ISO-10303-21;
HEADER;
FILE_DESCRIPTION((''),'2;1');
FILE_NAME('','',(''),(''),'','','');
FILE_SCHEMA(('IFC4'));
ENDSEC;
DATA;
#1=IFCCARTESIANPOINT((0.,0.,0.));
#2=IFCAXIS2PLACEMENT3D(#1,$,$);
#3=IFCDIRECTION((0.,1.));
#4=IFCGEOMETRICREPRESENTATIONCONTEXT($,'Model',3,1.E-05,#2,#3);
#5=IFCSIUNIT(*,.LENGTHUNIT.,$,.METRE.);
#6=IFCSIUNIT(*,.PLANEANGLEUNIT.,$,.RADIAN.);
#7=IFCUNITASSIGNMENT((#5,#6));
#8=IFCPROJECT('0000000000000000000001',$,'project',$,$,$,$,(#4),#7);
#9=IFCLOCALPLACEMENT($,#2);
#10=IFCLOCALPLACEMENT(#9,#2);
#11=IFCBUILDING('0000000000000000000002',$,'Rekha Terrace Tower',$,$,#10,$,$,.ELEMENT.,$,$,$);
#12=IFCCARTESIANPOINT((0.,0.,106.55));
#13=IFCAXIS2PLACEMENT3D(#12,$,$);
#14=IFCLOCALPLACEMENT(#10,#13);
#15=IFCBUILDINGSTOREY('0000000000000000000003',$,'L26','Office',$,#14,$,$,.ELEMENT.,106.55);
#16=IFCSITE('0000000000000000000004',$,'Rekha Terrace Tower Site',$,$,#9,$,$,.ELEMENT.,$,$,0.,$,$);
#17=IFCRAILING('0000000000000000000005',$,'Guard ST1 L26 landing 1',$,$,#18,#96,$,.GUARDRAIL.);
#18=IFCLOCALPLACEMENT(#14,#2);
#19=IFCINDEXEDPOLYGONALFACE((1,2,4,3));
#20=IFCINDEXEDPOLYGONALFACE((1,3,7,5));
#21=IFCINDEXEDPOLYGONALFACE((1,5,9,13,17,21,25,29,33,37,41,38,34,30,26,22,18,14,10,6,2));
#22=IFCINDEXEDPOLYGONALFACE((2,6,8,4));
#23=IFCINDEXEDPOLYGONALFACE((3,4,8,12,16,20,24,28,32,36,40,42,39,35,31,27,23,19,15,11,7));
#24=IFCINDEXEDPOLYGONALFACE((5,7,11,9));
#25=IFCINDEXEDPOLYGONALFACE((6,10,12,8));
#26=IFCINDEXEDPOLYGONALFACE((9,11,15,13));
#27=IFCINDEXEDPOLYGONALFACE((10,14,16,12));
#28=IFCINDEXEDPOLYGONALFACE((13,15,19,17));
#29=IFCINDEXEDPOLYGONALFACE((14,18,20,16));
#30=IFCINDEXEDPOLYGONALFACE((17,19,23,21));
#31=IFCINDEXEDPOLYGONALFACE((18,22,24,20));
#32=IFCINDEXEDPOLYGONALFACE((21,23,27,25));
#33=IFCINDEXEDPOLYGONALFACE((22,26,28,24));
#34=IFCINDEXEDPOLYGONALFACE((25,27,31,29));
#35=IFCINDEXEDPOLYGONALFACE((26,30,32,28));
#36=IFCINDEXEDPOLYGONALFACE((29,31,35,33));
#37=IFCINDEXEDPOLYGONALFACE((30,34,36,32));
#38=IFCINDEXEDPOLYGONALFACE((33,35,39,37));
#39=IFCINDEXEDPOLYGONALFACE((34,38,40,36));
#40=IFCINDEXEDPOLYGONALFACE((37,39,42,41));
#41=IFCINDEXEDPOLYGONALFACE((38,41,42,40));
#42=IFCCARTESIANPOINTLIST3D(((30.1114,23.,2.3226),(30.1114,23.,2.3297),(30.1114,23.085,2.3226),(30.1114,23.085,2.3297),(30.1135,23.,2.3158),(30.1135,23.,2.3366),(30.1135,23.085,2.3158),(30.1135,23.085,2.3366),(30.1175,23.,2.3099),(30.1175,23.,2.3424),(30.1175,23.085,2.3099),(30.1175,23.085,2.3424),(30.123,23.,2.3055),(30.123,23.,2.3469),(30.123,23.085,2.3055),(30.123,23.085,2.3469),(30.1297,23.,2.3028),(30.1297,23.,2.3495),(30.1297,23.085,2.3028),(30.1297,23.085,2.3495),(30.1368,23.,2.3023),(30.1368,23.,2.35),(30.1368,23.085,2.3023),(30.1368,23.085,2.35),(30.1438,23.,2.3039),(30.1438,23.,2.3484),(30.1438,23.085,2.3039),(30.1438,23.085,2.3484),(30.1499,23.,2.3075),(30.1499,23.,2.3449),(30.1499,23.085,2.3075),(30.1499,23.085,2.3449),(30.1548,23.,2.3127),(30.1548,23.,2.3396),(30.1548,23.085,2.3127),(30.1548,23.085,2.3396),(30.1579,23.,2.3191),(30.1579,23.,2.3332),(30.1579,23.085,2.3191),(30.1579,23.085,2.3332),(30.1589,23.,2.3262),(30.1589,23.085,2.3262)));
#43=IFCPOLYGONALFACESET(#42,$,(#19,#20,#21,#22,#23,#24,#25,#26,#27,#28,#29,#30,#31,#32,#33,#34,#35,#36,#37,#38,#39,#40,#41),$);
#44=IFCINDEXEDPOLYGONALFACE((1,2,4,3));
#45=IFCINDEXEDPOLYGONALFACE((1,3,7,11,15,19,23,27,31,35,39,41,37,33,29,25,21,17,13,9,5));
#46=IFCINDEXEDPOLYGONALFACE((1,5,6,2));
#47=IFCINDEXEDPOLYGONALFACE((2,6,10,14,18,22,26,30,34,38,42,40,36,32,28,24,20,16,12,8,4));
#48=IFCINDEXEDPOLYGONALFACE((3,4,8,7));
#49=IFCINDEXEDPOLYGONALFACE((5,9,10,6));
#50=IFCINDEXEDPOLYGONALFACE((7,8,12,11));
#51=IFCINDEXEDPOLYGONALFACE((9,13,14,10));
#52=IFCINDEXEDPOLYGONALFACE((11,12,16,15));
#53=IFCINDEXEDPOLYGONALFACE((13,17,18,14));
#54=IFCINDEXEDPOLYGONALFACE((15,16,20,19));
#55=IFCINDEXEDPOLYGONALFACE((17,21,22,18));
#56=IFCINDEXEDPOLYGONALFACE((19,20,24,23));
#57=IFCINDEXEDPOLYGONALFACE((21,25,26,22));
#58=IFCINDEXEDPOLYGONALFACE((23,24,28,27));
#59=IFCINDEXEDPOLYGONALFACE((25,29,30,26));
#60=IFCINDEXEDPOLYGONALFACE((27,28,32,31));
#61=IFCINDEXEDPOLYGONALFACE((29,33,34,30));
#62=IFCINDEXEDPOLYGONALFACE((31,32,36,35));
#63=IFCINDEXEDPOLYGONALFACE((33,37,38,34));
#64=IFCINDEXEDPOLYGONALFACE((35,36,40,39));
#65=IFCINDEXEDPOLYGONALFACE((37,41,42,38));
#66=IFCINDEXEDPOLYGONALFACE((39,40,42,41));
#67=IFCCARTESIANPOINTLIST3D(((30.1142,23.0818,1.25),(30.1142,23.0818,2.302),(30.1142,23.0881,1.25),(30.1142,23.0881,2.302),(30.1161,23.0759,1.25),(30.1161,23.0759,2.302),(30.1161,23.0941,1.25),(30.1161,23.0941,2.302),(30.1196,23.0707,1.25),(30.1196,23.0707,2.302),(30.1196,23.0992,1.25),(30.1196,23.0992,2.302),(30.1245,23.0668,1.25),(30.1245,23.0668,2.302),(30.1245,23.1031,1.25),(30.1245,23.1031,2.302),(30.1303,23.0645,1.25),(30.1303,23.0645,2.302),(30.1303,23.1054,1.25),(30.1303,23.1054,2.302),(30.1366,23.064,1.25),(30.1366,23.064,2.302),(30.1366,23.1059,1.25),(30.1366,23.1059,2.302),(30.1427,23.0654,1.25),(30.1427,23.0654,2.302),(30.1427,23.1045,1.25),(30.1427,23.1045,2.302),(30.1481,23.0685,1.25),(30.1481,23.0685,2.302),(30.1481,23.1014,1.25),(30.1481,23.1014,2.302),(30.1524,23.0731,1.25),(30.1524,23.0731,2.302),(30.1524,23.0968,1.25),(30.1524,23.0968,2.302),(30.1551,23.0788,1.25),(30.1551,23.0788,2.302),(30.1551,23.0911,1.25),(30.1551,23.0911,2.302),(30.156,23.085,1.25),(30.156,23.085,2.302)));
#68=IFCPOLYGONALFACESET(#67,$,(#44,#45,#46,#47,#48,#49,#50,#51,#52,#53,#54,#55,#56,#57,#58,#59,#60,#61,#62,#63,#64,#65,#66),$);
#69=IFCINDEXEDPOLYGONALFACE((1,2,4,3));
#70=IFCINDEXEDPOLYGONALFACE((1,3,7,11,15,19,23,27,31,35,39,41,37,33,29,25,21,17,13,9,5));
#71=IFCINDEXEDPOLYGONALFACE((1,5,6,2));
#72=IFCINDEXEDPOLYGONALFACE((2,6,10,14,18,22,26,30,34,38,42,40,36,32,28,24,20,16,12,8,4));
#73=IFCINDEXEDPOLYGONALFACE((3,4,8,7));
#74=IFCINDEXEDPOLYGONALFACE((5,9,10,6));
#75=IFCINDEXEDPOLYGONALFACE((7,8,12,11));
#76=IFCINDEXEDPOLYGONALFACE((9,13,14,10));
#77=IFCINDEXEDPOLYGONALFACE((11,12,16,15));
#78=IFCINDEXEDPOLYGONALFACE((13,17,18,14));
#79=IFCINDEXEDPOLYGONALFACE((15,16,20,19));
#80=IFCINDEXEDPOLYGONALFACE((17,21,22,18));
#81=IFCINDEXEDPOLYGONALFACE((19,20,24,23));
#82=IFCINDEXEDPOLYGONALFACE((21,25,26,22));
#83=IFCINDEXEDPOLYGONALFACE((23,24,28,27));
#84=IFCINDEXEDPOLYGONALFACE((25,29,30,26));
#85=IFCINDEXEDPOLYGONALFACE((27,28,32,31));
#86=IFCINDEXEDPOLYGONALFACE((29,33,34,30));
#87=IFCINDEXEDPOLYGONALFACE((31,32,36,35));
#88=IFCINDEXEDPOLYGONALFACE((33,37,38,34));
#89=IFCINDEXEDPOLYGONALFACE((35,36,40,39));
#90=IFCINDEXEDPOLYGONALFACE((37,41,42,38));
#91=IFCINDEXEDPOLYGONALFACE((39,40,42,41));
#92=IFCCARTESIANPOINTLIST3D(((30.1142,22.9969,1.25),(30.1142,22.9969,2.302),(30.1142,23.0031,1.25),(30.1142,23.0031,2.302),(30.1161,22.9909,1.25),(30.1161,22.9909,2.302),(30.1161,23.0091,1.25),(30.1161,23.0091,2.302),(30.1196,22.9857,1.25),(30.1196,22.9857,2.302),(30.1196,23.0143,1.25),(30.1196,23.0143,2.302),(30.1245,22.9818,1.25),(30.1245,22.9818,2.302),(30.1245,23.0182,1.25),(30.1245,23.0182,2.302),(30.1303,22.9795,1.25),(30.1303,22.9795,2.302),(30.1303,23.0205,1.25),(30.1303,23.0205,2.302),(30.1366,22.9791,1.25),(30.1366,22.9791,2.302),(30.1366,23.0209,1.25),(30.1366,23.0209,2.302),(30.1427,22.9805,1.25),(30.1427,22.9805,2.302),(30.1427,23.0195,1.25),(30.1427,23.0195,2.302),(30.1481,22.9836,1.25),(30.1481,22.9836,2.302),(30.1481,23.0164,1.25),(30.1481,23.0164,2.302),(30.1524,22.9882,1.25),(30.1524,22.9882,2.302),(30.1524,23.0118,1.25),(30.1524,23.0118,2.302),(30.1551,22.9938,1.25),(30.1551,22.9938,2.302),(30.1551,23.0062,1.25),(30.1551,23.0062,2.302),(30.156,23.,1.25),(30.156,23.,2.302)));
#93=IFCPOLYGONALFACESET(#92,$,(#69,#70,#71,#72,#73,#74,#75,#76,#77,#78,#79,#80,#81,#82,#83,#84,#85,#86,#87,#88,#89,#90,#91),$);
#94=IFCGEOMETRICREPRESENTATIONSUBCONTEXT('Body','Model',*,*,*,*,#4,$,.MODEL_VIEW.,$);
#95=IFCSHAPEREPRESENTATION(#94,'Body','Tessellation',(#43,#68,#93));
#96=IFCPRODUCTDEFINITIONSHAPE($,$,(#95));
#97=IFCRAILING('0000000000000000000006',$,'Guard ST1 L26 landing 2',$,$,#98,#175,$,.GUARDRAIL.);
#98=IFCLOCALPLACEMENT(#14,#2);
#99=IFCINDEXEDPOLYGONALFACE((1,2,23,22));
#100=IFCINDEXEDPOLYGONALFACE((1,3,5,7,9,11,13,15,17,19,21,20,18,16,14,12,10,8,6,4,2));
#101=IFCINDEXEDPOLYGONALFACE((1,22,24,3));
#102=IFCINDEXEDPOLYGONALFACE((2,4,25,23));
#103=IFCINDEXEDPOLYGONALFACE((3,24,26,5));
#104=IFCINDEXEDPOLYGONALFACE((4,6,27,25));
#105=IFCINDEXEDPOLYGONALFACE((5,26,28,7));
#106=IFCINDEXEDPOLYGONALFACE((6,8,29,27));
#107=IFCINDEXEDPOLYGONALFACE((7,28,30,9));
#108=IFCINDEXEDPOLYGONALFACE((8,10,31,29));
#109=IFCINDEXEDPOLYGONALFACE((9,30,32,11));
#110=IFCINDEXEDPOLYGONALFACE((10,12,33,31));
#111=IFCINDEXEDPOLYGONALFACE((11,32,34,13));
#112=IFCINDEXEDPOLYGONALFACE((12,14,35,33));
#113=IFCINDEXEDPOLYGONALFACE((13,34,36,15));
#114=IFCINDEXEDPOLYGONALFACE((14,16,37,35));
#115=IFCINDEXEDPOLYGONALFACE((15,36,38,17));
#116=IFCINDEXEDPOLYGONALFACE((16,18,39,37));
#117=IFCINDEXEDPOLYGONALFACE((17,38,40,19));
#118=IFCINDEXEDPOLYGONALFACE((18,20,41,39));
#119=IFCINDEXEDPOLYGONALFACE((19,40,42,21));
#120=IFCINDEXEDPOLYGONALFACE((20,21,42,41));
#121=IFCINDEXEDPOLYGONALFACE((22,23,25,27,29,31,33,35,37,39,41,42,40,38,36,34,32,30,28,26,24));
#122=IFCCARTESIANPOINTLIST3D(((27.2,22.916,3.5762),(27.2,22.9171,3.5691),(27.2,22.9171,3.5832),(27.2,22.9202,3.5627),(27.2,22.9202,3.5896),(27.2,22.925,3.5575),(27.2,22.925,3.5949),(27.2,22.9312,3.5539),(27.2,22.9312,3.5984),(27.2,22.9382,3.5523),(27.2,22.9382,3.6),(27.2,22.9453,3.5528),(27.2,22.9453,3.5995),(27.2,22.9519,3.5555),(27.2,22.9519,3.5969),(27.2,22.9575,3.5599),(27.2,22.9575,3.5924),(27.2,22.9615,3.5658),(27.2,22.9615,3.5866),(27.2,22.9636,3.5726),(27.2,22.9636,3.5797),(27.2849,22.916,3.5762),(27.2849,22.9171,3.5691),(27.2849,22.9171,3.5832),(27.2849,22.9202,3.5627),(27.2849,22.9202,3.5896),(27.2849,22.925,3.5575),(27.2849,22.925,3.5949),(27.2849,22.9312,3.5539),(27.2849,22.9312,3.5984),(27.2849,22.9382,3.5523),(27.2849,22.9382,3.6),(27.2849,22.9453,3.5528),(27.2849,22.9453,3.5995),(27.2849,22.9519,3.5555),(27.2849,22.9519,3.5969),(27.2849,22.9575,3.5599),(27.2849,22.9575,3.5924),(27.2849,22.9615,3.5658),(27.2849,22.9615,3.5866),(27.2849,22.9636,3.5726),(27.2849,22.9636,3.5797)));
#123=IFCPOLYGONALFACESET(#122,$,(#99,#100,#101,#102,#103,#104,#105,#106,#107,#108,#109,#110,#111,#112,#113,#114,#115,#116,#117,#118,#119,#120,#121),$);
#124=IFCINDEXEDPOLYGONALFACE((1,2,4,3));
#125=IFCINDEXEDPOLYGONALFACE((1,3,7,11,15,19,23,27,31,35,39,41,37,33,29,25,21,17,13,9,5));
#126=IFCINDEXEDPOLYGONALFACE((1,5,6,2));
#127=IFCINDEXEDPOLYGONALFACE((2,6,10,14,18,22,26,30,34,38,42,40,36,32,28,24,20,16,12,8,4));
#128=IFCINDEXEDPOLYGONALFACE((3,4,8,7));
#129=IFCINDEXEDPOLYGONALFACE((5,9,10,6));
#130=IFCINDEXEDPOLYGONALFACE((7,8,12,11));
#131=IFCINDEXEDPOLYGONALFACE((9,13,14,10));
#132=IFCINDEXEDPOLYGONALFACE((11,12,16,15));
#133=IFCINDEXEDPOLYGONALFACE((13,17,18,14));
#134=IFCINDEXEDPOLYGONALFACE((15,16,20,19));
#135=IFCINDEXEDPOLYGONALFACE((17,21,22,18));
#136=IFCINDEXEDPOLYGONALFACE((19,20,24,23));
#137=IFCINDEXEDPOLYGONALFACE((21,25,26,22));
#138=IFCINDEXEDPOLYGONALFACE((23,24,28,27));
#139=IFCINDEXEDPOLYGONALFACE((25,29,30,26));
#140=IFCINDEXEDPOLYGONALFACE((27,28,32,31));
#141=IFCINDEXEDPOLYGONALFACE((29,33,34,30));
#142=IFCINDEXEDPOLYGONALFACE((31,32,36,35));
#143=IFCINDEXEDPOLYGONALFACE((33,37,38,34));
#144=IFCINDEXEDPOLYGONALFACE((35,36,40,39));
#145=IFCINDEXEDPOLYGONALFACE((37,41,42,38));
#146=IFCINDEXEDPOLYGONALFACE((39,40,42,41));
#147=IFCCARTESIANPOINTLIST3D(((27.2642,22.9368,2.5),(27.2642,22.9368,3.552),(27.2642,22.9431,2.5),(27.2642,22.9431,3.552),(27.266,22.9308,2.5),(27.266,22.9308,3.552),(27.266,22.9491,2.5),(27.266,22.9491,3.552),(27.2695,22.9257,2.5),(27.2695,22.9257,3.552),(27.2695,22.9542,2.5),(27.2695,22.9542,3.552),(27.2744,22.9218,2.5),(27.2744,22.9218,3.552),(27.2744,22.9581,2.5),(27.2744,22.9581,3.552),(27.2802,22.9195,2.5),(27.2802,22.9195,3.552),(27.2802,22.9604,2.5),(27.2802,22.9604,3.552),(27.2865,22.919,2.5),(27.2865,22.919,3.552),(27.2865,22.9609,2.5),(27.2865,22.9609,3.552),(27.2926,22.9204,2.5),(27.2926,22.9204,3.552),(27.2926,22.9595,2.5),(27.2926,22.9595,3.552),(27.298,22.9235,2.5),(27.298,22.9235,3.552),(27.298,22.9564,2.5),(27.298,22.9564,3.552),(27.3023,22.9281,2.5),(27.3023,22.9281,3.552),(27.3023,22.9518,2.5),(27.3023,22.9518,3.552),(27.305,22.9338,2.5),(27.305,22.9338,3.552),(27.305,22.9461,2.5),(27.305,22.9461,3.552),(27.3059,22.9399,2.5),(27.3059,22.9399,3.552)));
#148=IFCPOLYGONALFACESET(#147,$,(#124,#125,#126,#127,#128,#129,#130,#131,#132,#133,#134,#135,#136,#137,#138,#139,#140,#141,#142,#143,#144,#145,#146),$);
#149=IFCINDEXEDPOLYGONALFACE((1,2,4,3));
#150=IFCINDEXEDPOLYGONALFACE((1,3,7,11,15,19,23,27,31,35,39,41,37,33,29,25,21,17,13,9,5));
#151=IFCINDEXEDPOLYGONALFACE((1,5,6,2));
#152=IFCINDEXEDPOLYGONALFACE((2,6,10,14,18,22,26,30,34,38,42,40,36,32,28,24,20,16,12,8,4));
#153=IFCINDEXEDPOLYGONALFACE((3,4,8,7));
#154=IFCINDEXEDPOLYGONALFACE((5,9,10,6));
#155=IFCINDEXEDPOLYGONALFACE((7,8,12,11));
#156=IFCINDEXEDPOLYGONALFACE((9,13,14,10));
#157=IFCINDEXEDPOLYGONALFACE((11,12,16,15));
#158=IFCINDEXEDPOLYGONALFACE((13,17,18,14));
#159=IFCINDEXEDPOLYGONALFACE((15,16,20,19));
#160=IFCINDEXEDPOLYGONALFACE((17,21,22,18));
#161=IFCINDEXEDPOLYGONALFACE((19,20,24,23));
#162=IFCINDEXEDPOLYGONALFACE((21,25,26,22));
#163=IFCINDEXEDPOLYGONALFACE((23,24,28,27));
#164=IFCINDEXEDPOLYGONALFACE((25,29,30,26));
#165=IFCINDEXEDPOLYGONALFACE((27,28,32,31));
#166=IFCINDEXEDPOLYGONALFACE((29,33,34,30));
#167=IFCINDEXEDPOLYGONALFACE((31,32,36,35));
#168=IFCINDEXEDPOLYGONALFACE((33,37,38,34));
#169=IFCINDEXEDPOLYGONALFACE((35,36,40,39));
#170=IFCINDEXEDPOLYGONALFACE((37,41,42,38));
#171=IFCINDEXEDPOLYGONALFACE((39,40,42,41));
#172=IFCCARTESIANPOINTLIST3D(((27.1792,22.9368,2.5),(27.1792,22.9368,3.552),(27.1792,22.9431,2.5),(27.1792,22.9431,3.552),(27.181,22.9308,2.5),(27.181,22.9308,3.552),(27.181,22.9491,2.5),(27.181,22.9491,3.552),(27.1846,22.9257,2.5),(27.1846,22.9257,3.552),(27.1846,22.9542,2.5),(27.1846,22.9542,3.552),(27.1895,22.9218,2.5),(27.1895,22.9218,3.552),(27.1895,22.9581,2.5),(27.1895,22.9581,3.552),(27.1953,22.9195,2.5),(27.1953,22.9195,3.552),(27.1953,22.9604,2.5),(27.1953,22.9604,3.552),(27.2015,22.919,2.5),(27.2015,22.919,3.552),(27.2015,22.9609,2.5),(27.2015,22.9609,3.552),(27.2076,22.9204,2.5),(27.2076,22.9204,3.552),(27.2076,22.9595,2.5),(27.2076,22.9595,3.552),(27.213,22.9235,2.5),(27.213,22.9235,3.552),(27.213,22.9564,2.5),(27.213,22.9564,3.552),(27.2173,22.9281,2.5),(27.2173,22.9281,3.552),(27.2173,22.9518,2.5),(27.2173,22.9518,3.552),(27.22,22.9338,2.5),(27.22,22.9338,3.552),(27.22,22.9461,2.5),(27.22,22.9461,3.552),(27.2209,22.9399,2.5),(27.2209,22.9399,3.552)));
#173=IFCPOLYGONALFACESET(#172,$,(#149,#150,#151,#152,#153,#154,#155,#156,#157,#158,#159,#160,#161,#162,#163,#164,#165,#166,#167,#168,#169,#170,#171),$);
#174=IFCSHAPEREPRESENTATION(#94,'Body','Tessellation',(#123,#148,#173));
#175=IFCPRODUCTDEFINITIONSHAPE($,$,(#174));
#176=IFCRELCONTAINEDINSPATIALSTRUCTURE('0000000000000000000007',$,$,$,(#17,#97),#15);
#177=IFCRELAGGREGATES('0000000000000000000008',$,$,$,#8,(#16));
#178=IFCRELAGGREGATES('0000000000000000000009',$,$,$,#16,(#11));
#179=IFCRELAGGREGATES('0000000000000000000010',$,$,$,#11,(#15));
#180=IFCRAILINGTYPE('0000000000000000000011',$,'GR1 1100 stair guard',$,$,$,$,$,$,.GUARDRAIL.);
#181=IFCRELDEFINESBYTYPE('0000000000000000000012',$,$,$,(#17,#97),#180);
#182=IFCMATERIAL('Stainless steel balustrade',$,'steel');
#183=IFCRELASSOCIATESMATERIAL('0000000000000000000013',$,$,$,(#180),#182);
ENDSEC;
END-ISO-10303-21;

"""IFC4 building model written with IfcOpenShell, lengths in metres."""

from ifc_helpers import new_model, si_unit, direction, frame, origin, origin_2d, place, context, subcontext, project, spatial, circle, extrude, material, type_object, element, save


model = new_model("IFC4")

# Units and contexts
model_context = context("Model", 3, precision=1e-05, world=origin(), true_north=direction((0.0, 1.0)))
body_context = subcontext(model_context, "Body", "Model", "MODEL_VIEW")
ifc_project = project(units=[si_unit("LENGTHUNIT", "METRE"), si_unit("PLANEANGLEUNIT", "RADIAN")], contexts=[model_context])

# Site, building, storey
site_placement = place(None, origin())
site = spatial("IfcSite", under=ifc_project, at=site_placement, Name="Rekha Terrace Tower Site", CompositionType="ELEMENT", RefElevation=0.0)
building_placement = place(site_placement, origin())
building = spatial("IfcBuilding", under=site, at=building_placement, Name="Rekha Terrace Tower", CompositionType="ELEMENT")
storey_placement = place(building_placement, frame((0.0, 0.0, 106.55)))
storey = spatial("IfcBuildingStorey", under=building, at=storey_placement, Name="L26", Description="Office", CompositionType="ELEMENT", Elevation=106.55)

# Railings
ifc_material_1 = material(Name="Stainless steel balustrade", Category="steel")
railing_type_1 = type_object("IfcRailingType", Name="GR1 1100 stair guard", PredefinedType="GUARDRAIL", material=ifc_material_1)
railing_1_placement = place(storey_placement, frame((30.135, 23.085, 1.25)))
element("IfcRailing", 1, at=railing_1_placement, inside=storey, type_object=railing_type_1, Name="Guard ST1 L26 landing 1", PredefinedType="GUARDRAIL", context=body_context, shape_type="SweptSolid", body=[
    extrude(circle(Radius=0.0239, at=origin_2d()), frame((0.0, 0.0, 1.0762), z_axis=(0.0, -1.0, 0.0), x_axis=(1.0, 0.0, 0.0)), (0.0, 0.0, 1.0), 0.085),
    extrude(circle(Radius=0.021, at=origin_2d()), origin(), (0.0, 0.0, 1.0), 1.052),
    extrude(circle(Radius=0.021, at=origin_2d()), frame((0.0, -0.085, 0.0)), (0.0, 0.0, 1.0), 1.052),
])
railing_2_placement = place(storey_placement, frame((27.2849, 22.9399, 2.5)))
element("IfcRailing", 2, at=railing_2_placement, inside=storey, type_object=railing_type_1, Name="Guard ST1 L26 landing 2", PredefinedType="GUARDRAIL", context=body_context, shape_type="SweptSolid", body=[
    extrude(circle(Radius=0.0239, at=origin_2d()), frame((0.0, 0.0, 1.0762), z_axis=(-1.0, 0.0, 0.0), x_axis=(0.0, -1.0, 0.0)), (0.0, 0.0, 1.0), 0.085),
    extrude(circle(Radius=0.021, at=origin_2d()), origin(), (0.0, 0.0, 1.0), 1.052),
    extrude(circle(Radius=0.021, at=origin_2d()), frame((-0.085, 0.0, 0.0)), (0.0, 0.0, 1.0), 1.052),
])

save(model, "model.ifc")
